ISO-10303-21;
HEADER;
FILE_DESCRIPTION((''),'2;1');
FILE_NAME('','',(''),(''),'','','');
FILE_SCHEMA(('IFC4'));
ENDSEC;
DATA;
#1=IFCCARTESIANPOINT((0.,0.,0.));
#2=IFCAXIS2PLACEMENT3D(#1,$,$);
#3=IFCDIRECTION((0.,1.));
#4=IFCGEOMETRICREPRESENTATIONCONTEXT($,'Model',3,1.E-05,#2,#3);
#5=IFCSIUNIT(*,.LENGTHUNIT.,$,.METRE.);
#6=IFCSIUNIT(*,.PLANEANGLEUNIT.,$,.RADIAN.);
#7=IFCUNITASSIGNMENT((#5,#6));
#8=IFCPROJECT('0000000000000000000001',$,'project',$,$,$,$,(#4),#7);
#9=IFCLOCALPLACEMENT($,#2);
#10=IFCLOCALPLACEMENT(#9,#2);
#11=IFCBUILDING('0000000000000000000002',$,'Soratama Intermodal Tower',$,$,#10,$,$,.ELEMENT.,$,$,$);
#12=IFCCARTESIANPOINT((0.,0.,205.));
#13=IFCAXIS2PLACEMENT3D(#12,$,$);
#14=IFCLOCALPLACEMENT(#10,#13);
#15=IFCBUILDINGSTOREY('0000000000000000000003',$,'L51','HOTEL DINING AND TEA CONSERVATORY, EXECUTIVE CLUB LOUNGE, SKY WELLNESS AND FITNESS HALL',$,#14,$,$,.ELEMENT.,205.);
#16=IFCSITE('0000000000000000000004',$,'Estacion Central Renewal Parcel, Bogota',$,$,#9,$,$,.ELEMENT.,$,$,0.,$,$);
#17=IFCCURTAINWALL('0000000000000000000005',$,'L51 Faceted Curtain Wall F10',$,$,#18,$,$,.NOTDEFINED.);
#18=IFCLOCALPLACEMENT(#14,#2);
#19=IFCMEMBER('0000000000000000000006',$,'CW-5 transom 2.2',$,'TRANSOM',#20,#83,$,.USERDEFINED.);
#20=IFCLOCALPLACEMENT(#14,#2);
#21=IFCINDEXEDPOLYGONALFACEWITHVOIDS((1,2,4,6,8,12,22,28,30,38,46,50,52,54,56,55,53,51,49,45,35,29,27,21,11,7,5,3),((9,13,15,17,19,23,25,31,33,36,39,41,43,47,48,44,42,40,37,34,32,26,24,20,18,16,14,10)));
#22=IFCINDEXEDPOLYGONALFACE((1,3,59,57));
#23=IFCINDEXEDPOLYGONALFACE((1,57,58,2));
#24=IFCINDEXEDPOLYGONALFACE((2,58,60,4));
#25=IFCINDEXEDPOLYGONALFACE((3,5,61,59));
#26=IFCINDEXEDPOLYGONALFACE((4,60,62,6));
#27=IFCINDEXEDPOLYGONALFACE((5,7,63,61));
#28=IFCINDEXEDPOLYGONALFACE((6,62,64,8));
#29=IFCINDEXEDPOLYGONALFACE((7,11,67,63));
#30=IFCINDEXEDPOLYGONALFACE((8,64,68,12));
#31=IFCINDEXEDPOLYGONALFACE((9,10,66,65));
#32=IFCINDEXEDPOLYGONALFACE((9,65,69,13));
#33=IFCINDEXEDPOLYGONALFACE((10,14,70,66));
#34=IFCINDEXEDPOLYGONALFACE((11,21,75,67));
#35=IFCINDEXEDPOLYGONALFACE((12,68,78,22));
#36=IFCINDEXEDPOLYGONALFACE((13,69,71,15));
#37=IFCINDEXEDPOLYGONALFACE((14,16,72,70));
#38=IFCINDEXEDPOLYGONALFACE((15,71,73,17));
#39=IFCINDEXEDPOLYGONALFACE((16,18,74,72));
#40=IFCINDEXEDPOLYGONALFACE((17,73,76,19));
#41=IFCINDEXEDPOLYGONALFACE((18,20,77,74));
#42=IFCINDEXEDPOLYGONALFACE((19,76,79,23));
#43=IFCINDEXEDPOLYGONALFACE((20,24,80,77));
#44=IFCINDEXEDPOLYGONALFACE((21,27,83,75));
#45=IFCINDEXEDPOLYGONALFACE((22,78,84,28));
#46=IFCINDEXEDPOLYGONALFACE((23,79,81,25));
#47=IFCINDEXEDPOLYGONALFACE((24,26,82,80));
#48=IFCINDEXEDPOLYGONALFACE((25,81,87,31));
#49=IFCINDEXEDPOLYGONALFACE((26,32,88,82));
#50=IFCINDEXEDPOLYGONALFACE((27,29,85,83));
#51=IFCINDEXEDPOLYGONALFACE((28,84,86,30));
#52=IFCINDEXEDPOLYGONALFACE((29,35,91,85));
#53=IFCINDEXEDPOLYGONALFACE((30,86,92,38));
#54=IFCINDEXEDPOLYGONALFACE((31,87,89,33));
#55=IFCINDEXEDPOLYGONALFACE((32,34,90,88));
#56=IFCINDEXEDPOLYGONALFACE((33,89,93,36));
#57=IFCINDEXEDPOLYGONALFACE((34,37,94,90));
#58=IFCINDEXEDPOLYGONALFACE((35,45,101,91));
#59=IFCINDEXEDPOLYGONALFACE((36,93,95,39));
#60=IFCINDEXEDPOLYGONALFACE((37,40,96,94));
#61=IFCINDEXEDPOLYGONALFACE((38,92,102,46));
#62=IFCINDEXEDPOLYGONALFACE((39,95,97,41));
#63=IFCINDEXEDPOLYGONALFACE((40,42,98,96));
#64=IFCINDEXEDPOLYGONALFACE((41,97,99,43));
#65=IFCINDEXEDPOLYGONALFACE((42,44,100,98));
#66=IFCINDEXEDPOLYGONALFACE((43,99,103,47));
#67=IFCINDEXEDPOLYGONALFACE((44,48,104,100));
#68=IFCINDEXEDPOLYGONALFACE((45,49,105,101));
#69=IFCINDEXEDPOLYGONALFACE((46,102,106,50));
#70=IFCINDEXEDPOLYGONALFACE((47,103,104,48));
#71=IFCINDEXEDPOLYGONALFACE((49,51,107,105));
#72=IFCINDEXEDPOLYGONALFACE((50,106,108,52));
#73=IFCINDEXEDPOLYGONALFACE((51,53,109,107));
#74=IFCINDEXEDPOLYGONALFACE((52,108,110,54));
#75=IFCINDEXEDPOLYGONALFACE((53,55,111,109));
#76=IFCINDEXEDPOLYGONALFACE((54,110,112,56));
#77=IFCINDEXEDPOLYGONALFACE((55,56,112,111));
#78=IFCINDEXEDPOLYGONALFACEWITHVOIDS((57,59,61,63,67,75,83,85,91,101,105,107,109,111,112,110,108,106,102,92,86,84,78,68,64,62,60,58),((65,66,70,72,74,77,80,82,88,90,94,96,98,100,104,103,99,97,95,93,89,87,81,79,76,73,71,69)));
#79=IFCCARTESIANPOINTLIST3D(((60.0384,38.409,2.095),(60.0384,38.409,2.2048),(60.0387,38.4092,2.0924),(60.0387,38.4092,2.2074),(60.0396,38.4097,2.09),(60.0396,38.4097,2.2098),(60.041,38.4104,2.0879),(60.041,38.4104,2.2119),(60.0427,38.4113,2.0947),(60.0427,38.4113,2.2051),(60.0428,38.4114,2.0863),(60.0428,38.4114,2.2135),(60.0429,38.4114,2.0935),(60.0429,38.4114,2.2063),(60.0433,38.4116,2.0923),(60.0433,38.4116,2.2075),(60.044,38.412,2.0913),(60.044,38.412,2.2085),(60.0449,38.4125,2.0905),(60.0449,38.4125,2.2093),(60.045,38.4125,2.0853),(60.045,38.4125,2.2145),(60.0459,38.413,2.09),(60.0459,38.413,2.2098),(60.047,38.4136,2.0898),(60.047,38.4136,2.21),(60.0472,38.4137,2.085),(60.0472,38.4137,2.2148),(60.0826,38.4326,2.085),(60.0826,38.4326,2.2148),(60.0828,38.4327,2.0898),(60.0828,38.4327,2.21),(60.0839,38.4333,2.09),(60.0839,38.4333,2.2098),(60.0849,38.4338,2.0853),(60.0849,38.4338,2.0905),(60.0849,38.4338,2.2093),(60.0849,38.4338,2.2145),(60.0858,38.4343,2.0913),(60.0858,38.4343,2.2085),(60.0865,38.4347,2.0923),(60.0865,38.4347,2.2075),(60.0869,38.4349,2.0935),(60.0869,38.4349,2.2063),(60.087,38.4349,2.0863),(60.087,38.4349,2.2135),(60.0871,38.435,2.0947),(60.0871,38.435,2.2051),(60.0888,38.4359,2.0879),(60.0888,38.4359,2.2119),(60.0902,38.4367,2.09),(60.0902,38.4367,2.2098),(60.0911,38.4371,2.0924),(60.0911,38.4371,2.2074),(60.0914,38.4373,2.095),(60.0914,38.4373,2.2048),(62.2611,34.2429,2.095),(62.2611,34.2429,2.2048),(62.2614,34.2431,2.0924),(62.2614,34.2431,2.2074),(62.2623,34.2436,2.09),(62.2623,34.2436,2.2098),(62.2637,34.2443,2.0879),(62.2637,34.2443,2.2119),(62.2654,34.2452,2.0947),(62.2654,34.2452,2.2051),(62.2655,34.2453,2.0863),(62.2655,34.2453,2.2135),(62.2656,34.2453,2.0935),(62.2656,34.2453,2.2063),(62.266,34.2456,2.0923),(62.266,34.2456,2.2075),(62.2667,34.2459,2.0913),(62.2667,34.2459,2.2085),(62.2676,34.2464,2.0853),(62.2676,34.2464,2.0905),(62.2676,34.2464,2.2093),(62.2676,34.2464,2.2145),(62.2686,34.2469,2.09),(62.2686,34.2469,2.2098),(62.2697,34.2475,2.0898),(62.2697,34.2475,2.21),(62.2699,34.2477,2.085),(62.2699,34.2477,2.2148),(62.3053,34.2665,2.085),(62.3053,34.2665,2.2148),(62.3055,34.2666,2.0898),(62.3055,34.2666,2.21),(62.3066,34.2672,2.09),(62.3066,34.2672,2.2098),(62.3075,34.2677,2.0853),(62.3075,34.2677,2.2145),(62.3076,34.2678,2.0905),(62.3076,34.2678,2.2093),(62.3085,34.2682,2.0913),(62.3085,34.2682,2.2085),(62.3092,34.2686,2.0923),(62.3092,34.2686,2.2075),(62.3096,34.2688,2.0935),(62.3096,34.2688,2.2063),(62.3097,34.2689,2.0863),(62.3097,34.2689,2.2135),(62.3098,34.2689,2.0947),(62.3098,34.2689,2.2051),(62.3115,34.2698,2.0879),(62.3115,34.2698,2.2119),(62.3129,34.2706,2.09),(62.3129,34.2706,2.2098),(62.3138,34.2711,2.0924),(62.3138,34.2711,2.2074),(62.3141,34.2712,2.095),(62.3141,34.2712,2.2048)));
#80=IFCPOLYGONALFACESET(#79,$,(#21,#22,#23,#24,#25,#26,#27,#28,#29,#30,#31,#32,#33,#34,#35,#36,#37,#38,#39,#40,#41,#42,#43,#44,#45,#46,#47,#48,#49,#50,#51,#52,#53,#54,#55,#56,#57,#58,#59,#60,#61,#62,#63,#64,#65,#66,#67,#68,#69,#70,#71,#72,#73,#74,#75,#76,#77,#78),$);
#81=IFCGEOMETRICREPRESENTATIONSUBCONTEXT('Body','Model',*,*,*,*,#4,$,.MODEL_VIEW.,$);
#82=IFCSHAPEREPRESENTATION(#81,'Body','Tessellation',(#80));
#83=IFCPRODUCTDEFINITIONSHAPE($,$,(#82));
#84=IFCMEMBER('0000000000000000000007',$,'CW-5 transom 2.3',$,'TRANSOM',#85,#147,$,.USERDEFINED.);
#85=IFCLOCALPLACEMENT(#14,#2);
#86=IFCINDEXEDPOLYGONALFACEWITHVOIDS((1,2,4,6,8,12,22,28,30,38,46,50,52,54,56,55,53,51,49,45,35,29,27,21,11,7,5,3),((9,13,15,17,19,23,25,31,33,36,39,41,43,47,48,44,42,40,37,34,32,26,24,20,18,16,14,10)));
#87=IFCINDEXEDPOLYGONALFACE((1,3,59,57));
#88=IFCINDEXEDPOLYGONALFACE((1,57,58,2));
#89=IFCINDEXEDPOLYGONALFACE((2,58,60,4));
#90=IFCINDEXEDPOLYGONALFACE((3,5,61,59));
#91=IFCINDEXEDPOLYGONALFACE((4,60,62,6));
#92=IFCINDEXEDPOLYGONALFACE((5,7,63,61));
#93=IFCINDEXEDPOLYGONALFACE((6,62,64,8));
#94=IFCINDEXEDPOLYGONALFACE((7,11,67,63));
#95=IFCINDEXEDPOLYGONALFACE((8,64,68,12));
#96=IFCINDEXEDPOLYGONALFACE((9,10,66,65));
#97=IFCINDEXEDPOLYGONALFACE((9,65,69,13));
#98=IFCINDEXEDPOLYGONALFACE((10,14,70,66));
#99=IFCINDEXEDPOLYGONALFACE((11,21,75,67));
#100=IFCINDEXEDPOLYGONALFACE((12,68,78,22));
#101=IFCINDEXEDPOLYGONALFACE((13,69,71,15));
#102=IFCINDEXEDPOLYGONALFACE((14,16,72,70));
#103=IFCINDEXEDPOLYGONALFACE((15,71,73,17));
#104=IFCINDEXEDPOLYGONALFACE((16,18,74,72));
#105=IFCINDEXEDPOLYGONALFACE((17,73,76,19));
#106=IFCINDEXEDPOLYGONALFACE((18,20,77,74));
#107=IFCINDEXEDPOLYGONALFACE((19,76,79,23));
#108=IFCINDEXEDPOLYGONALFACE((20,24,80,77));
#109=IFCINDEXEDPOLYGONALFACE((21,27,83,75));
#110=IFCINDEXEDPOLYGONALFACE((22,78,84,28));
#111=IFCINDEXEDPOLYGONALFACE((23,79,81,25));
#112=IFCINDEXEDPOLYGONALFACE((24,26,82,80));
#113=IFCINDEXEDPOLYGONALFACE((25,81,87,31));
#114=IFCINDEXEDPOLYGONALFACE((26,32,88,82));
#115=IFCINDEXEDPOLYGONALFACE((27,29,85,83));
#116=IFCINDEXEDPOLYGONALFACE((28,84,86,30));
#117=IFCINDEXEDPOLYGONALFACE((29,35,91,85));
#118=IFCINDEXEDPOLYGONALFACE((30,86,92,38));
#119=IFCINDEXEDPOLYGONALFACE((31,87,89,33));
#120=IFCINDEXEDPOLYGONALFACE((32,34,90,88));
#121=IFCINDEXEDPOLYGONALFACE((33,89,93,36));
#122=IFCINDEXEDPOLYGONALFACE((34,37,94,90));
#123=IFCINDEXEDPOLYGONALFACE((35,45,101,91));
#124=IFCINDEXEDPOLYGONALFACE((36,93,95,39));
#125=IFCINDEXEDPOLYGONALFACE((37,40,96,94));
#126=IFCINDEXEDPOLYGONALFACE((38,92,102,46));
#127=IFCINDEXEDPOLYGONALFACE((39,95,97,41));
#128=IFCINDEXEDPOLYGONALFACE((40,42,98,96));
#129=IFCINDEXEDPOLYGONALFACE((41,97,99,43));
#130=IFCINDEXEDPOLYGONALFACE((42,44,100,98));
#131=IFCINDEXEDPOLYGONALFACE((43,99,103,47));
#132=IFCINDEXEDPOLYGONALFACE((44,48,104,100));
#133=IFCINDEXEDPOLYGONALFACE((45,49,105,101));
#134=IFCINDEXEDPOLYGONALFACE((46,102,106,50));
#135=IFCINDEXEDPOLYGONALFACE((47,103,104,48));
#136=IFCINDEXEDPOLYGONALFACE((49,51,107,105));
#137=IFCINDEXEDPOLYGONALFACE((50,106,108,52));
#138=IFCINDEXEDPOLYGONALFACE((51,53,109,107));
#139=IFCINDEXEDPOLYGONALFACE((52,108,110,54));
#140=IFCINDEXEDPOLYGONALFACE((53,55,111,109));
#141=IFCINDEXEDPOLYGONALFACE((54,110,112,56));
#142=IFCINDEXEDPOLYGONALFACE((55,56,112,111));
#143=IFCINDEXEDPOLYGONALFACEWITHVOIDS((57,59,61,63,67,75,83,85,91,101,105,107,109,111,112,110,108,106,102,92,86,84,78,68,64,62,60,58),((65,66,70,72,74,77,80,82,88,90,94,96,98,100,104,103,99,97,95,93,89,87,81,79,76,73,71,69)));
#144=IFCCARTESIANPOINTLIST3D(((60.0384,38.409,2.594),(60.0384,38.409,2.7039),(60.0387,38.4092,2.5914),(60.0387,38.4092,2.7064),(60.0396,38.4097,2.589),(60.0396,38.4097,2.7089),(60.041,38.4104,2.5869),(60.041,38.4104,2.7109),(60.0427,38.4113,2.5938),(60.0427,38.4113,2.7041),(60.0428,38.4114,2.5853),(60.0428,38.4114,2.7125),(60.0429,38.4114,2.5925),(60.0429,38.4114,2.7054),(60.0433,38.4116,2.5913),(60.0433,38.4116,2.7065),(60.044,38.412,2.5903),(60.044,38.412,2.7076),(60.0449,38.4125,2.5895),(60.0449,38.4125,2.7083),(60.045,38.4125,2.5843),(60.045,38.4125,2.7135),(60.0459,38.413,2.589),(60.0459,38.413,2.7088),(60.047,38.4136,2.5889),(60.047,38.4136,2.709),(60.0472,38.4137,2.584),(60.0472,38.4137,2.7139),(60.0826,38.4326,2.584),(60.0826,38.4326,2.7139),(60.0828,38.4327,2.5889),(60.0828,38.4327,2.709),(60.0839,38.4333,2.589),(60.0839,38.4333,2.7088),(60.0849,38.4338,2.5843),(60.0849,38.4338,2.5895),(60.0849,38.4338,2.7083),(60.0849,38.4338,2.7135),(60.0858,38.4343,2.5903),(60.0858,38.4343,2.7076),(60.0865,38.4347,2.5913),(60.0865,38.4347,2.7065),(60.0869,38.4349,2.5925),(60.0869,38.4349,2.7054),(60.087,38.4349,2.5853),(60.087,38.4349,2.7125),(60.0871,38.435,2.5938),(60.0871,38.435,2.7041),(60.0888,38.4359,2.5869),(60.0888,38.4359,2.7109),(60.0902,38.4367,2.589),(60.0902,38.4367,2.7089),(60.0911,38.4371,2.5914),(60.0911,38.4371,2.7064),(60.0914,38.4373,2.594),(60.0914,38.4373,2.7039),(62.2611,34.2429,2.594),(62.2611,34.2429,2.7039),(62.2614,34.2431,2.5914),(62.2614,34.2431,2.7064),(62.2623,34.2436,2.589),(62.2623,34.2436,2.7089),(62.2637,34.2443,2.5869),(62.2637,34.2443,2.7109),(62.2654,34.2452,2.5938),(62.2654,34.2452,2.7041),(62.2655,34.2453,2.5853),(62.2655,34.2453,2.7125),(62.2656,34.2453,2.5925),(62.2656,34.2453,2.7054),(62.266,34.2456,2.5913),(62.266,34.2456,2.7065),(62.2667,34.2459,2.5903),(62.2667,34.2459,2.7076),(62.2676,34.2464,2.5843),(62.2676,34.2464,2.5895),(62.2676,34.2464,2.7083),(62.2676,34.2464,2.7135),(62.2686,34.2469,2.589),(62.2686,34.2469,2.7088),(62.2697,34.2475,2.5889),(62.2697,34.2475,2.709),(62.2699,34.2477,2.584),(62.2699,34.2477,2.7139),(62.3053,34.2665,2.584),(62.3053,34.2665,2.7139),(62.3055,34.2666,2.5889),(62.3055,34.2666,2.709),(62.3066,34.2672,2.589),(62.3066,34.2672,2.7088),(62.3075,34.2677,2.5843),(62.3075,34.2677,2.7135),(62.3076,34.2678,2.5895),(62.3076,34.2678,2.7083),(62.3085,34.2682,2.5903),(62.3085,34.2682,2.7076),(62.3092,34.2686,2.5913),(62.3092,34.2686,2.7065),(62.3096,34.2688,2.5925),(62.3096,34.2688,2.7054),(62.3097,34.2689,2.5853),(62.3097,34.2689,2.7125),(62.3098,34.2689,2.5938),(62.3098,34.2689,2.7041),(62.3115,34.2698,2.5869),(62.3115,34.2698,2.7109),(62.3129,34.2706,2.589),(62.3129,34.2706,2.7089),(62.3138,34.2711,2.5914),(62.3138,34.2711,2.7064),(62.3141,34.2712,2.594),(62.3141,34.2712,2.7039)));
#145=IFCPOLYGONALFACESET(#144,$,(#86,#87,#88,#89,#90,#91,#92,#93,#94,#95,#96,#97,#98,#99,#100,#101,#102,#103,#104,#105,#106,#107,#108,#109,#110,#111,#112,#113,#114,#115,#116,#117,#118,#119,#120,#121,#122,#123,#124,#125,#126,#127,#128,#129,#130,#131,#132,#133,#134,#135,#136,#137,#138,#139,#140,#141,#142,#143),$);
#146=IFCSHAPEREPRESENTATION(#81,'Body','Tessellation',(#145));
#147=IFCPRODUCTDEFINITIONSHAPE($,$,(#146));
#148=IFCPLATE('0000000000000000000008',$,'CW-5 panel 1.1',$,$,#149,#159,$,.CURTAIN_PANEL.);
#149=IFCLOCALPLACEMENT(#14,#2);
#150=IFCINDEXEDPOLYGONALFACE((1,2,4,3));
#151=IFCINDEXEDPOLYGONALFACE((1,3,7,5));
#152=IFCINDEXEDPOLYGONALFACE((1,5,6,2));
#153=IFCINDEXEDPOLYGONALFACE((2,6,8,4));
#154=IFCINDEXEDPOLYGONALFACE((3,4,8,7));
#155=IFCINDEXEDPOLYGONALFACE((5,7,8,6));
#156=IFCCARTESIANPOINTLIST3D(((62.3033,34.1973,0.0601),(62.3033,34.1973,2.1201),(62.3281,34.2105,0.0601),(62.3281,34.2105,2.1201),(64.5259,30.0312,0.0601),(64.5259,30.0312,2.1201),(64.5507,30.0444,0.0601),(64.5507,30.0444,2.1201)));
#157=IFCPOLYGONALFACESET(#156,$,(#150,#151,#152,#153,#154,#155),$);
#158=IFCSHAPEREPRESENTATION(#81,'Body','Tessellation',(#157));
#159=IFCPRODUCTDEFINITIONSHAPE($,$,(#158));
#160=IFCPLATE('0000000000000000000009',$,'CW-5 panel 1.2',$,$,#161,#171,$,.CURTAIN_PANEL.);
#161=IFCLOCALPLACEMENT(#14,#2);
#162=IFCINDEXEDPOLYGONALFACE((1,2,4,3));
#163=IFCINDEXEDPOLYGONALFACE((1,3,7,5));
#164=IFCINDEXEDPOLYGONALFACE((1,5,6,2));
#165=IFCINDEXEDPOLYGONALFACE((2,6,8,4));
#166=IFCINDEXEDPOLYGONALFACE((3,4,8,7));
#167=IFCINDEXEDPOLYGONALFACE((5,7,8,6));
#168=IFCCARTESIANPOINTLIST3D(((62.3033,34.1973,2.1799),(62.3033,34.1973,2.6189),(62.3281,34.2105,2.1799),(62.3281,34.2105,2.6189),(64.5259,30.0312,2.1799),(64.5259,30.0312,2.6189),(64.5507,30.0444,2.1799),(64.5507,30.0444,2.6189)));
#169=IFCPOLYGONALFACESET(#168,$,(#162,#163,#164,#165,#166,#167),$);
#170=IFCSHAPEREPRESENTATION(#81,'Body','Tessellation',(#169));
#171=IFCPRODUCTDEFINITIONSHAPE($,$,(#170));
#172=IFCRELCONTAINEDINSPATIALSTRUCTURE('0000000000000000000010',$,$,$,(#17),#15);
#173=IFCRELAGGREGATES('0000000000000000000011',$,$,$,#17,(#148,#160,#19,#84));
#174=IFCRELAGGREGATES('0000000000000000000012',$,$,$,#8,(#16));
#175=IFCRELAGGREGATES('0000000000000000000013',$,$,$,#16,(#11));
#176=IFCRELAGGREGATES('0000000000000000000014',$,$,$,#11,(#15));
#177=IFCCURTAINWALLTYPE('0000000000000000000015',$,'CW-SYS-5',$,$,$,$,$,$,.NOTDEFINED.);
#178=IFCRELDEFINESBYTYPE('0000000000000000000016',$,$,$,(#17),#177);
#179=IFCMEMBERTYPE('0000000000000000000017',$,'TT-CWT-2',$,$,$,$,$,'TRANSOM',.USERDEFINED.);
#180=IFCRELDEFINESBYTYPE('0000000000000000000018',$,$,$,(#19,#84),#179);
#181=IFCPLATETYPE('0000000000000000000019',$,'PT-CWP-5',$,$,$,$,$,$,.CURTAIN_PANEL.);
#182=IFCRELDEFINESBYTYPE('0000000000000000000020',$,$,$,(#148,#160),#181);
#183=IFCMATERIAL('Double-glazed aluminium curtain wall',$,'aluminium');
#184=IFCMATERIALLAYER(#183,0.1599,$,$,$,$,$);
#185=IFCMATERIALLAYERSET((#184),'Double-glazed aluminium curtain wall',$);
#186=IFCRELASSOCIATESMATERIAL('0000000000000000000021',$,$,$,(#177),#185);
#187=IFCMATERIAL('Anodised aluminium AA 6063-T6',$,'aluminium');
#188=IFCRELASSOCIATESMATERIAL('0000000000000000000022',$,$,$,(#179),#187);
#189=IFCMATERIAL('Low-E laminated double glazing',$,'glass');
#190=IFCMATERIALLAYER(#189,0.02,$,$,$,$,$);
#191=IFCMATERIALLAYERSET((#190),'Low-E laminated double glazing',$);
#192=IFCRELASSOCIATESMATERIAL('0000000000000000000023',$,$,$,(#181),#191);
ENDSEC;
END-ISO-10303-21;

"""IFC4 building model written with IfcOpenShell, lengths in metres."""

from ifc_helpers import new_model, si_unit, direction, frame, origin, origin_2d, place, context, subcontext, project, spatial, rectangle, hollow_rectangle, extrude, material, layer, layer_set, material_profile, profile_set, type_object, element, aggregate, save


model = new_model("IFC4")

# Units and contexts
model_context = context("Model", 3, precision=1e-05, world=origin(), true_north=direction((0.0, 1.0)))
body_context = subcontext(model_context, "Body", "Model", "MODEL_VIEW")
ifc_project = project(units=[si_unit("LENGTHUNIT", "METRE"), si_unit("PLANEANGLEUNIT", "RADIAN")], contexts=[model_context])

# Site, building, storey
site_placement = place(None, origin())
site = spatial("IfcSite", under=ifc_project, at=site_placement, Name="Estacion Central Renewal Parcel, Bogota", CompositionType="ELEMENT", RefElevation=0.0)
building_placement = place(site_placement, origin())
building = spatial("IfcBuilding", under=site, at=building_placement, Name="Soratama Intermodal Tower", CompositionType="ELEMENT")
storey_placement = place(building_placement, frame((0.0, 0.0, 205.0)))
storey = spatial("IfcBuildingStorey", under=building, at=storey_placement, Name="L51", Description="HOTEL DINING AND TEA CONSERVATORY, EXECUTIVE CLUB LOUNGE, SKY WELLNESS AND FITNESS HALL", CompositionType="ELEMENT", Elevation=205.0)

# Curtain wall, members, plates
ifc_material_1 = material(Name="Double-glazed aluminium curtain wall", Category="aluminium")
ifc_layer_1 = layer(ifc_material_1, 0.1599)
ifc_layer_set_1 = layer_set([ifc_layer_1], Name="Double-glazed aluminium curtain wall")
curtain_wall_type = type_object("IfcCurtainWallType", Name="CW-SYS-5", PredefinedType="NOTDEFINED", material=ifc_layer_set_1)
curtain_wall_placement = place(storey_placement, origin())
curtain_wall = element("IfcCurtainWall", 1, at=curtain_wall_placement, inside=storey, type_object=curtain_wall_type, Name="L51 Faceted Curtain Wall F10", PredefinedType="NOTDEFINED")
ifc_material_2 = material(Name="Anodised aluminium AA 6063-T6", Category="aluminium")
ifc_material_profile_1 = material_profile(ifc_material_2, hollow_rectangle(XDim=0.0601, YDim=0.1299, WallThickness=0.0049, InnerFilletRadius=0.0049, OuterFilletRadius=0.01, at=origin_2d()), Name="CWT130X60X5")
ifc_profile_set_1 = profile_set([ifc_material_profile_1], Name="Anodised aluminium AA 6063-T6")
member_type_1 = type_object("IfcMemberType", Name="TT-CWT-2", ElementType="TRANSOM", PredefinedType="USERDEFINED", material=ifc_profile_set_1)
member_1_placement = place(storey_placement, frame((62.2876, 34.2571, 2.1499), z_axis=(-0.470717, 0.882284, 0.0), x_axis=(-0.882284, -0.470717, 0.0)))
member_1 = element("IfcMember", 2, at=member_1_placement, type_object=member_type_1, Name="CW-5 transom 2.2", ObjectType="TRANSOM", PredefinedType="USERDEFINED", context=body_context, shape_type="SweptSolid", body=[
    extrude(hollow_rectangle(XDim=0.0601, YDim=0.1299, WallThickness=0.0049, InnerFilletRadius=0.0049, OuterFilletRadius=0.01, at=origin_2d()), origin(), (0.0, 0.0, 1.0), 4.7219),
])
member_2_placement = place(storey_placement, frame((62.2876, 34.2571, 2.6489), z_axis=(-0.470717, 0.882284, 0.0), x_axis=(-0.882284, -0.470717, 0.0)))
member_2 = element("IfcMember", 3, at=member_2_placement, type_object=member_type_1, Name="CW-5 transom 2.3", ObjectType="TRANSOM", PredefinedType="USERDEFINED", context=body_context, shape_type="SweptSolid", body=[
    extrude(hollow_rectangle(XDim=0.0601, YDim=0.1299, WallThickness=0.0049, InnerFilletRadius=0.0049, OuterFilletRadius=0.01, at=origin_2d()), origin(), (0.0, 0.0, 1.0), 4.7219),
])
ifc_material_3 = material(Name="Low-E laminated double glazing", Category="glass")
ifc_layer_2 = layer(ifc_material_3, 0.02)
ifc_layer_set_2 = layer_set([ifc_layer_2], Name="Low-E laminated double glazing")
plate_type = type_object("IfcPlateType", Name="PT-CWP-5", PredefinedType="CURTAIN_PANEL", material=ifc_layer_set_2)
plate_1_placement = place(storey_placement, frame((63.427, 32.1208, 0.0601), z_axis=(0.0, 0.0, 1.0), x_axis=(-0.470706, 0.88229, 0.0)))
plate_1 = element("IfcPlate", 4, at=plate_1_placement, type_object=plate_type, Name="CW-5 panel 1.1", PredefinedType="CURTAIN_PANEL", context=body_context, shape_type="SweptSolid", body=[
    extrude(rectangle(XDim=4.7219, YDim=0.0281, at=origin_2d()), origin(), (0.0, 0.0, 1.0), 2.0601),
])
plate_2_placement = place(storey_placement, frame((63.427, 32.1208, 2.1799), z_axis=(0.0, 0.0, 1.0), x_axis=(-0.470706, 0.88229, 0.0)))
plate_2 = element("IfcPlate", 5, at=plate_2_placement, type_object=plate_type, Name="CW-5 panel 1.2", PredefinedType="CURTAIN_PANEL", context=body_context, shape_type="SweptSolid", body=[
    extrude(rectangle(XDim=4.7219, YDim=0.0281, at=origin_2d()), origin(), (0.0, 0.0, 1.0), 0.439),
])
aggregate(curtain_wall, [plate_1, plate_2, member_1, member_2])

save(model, "model.ifc")
